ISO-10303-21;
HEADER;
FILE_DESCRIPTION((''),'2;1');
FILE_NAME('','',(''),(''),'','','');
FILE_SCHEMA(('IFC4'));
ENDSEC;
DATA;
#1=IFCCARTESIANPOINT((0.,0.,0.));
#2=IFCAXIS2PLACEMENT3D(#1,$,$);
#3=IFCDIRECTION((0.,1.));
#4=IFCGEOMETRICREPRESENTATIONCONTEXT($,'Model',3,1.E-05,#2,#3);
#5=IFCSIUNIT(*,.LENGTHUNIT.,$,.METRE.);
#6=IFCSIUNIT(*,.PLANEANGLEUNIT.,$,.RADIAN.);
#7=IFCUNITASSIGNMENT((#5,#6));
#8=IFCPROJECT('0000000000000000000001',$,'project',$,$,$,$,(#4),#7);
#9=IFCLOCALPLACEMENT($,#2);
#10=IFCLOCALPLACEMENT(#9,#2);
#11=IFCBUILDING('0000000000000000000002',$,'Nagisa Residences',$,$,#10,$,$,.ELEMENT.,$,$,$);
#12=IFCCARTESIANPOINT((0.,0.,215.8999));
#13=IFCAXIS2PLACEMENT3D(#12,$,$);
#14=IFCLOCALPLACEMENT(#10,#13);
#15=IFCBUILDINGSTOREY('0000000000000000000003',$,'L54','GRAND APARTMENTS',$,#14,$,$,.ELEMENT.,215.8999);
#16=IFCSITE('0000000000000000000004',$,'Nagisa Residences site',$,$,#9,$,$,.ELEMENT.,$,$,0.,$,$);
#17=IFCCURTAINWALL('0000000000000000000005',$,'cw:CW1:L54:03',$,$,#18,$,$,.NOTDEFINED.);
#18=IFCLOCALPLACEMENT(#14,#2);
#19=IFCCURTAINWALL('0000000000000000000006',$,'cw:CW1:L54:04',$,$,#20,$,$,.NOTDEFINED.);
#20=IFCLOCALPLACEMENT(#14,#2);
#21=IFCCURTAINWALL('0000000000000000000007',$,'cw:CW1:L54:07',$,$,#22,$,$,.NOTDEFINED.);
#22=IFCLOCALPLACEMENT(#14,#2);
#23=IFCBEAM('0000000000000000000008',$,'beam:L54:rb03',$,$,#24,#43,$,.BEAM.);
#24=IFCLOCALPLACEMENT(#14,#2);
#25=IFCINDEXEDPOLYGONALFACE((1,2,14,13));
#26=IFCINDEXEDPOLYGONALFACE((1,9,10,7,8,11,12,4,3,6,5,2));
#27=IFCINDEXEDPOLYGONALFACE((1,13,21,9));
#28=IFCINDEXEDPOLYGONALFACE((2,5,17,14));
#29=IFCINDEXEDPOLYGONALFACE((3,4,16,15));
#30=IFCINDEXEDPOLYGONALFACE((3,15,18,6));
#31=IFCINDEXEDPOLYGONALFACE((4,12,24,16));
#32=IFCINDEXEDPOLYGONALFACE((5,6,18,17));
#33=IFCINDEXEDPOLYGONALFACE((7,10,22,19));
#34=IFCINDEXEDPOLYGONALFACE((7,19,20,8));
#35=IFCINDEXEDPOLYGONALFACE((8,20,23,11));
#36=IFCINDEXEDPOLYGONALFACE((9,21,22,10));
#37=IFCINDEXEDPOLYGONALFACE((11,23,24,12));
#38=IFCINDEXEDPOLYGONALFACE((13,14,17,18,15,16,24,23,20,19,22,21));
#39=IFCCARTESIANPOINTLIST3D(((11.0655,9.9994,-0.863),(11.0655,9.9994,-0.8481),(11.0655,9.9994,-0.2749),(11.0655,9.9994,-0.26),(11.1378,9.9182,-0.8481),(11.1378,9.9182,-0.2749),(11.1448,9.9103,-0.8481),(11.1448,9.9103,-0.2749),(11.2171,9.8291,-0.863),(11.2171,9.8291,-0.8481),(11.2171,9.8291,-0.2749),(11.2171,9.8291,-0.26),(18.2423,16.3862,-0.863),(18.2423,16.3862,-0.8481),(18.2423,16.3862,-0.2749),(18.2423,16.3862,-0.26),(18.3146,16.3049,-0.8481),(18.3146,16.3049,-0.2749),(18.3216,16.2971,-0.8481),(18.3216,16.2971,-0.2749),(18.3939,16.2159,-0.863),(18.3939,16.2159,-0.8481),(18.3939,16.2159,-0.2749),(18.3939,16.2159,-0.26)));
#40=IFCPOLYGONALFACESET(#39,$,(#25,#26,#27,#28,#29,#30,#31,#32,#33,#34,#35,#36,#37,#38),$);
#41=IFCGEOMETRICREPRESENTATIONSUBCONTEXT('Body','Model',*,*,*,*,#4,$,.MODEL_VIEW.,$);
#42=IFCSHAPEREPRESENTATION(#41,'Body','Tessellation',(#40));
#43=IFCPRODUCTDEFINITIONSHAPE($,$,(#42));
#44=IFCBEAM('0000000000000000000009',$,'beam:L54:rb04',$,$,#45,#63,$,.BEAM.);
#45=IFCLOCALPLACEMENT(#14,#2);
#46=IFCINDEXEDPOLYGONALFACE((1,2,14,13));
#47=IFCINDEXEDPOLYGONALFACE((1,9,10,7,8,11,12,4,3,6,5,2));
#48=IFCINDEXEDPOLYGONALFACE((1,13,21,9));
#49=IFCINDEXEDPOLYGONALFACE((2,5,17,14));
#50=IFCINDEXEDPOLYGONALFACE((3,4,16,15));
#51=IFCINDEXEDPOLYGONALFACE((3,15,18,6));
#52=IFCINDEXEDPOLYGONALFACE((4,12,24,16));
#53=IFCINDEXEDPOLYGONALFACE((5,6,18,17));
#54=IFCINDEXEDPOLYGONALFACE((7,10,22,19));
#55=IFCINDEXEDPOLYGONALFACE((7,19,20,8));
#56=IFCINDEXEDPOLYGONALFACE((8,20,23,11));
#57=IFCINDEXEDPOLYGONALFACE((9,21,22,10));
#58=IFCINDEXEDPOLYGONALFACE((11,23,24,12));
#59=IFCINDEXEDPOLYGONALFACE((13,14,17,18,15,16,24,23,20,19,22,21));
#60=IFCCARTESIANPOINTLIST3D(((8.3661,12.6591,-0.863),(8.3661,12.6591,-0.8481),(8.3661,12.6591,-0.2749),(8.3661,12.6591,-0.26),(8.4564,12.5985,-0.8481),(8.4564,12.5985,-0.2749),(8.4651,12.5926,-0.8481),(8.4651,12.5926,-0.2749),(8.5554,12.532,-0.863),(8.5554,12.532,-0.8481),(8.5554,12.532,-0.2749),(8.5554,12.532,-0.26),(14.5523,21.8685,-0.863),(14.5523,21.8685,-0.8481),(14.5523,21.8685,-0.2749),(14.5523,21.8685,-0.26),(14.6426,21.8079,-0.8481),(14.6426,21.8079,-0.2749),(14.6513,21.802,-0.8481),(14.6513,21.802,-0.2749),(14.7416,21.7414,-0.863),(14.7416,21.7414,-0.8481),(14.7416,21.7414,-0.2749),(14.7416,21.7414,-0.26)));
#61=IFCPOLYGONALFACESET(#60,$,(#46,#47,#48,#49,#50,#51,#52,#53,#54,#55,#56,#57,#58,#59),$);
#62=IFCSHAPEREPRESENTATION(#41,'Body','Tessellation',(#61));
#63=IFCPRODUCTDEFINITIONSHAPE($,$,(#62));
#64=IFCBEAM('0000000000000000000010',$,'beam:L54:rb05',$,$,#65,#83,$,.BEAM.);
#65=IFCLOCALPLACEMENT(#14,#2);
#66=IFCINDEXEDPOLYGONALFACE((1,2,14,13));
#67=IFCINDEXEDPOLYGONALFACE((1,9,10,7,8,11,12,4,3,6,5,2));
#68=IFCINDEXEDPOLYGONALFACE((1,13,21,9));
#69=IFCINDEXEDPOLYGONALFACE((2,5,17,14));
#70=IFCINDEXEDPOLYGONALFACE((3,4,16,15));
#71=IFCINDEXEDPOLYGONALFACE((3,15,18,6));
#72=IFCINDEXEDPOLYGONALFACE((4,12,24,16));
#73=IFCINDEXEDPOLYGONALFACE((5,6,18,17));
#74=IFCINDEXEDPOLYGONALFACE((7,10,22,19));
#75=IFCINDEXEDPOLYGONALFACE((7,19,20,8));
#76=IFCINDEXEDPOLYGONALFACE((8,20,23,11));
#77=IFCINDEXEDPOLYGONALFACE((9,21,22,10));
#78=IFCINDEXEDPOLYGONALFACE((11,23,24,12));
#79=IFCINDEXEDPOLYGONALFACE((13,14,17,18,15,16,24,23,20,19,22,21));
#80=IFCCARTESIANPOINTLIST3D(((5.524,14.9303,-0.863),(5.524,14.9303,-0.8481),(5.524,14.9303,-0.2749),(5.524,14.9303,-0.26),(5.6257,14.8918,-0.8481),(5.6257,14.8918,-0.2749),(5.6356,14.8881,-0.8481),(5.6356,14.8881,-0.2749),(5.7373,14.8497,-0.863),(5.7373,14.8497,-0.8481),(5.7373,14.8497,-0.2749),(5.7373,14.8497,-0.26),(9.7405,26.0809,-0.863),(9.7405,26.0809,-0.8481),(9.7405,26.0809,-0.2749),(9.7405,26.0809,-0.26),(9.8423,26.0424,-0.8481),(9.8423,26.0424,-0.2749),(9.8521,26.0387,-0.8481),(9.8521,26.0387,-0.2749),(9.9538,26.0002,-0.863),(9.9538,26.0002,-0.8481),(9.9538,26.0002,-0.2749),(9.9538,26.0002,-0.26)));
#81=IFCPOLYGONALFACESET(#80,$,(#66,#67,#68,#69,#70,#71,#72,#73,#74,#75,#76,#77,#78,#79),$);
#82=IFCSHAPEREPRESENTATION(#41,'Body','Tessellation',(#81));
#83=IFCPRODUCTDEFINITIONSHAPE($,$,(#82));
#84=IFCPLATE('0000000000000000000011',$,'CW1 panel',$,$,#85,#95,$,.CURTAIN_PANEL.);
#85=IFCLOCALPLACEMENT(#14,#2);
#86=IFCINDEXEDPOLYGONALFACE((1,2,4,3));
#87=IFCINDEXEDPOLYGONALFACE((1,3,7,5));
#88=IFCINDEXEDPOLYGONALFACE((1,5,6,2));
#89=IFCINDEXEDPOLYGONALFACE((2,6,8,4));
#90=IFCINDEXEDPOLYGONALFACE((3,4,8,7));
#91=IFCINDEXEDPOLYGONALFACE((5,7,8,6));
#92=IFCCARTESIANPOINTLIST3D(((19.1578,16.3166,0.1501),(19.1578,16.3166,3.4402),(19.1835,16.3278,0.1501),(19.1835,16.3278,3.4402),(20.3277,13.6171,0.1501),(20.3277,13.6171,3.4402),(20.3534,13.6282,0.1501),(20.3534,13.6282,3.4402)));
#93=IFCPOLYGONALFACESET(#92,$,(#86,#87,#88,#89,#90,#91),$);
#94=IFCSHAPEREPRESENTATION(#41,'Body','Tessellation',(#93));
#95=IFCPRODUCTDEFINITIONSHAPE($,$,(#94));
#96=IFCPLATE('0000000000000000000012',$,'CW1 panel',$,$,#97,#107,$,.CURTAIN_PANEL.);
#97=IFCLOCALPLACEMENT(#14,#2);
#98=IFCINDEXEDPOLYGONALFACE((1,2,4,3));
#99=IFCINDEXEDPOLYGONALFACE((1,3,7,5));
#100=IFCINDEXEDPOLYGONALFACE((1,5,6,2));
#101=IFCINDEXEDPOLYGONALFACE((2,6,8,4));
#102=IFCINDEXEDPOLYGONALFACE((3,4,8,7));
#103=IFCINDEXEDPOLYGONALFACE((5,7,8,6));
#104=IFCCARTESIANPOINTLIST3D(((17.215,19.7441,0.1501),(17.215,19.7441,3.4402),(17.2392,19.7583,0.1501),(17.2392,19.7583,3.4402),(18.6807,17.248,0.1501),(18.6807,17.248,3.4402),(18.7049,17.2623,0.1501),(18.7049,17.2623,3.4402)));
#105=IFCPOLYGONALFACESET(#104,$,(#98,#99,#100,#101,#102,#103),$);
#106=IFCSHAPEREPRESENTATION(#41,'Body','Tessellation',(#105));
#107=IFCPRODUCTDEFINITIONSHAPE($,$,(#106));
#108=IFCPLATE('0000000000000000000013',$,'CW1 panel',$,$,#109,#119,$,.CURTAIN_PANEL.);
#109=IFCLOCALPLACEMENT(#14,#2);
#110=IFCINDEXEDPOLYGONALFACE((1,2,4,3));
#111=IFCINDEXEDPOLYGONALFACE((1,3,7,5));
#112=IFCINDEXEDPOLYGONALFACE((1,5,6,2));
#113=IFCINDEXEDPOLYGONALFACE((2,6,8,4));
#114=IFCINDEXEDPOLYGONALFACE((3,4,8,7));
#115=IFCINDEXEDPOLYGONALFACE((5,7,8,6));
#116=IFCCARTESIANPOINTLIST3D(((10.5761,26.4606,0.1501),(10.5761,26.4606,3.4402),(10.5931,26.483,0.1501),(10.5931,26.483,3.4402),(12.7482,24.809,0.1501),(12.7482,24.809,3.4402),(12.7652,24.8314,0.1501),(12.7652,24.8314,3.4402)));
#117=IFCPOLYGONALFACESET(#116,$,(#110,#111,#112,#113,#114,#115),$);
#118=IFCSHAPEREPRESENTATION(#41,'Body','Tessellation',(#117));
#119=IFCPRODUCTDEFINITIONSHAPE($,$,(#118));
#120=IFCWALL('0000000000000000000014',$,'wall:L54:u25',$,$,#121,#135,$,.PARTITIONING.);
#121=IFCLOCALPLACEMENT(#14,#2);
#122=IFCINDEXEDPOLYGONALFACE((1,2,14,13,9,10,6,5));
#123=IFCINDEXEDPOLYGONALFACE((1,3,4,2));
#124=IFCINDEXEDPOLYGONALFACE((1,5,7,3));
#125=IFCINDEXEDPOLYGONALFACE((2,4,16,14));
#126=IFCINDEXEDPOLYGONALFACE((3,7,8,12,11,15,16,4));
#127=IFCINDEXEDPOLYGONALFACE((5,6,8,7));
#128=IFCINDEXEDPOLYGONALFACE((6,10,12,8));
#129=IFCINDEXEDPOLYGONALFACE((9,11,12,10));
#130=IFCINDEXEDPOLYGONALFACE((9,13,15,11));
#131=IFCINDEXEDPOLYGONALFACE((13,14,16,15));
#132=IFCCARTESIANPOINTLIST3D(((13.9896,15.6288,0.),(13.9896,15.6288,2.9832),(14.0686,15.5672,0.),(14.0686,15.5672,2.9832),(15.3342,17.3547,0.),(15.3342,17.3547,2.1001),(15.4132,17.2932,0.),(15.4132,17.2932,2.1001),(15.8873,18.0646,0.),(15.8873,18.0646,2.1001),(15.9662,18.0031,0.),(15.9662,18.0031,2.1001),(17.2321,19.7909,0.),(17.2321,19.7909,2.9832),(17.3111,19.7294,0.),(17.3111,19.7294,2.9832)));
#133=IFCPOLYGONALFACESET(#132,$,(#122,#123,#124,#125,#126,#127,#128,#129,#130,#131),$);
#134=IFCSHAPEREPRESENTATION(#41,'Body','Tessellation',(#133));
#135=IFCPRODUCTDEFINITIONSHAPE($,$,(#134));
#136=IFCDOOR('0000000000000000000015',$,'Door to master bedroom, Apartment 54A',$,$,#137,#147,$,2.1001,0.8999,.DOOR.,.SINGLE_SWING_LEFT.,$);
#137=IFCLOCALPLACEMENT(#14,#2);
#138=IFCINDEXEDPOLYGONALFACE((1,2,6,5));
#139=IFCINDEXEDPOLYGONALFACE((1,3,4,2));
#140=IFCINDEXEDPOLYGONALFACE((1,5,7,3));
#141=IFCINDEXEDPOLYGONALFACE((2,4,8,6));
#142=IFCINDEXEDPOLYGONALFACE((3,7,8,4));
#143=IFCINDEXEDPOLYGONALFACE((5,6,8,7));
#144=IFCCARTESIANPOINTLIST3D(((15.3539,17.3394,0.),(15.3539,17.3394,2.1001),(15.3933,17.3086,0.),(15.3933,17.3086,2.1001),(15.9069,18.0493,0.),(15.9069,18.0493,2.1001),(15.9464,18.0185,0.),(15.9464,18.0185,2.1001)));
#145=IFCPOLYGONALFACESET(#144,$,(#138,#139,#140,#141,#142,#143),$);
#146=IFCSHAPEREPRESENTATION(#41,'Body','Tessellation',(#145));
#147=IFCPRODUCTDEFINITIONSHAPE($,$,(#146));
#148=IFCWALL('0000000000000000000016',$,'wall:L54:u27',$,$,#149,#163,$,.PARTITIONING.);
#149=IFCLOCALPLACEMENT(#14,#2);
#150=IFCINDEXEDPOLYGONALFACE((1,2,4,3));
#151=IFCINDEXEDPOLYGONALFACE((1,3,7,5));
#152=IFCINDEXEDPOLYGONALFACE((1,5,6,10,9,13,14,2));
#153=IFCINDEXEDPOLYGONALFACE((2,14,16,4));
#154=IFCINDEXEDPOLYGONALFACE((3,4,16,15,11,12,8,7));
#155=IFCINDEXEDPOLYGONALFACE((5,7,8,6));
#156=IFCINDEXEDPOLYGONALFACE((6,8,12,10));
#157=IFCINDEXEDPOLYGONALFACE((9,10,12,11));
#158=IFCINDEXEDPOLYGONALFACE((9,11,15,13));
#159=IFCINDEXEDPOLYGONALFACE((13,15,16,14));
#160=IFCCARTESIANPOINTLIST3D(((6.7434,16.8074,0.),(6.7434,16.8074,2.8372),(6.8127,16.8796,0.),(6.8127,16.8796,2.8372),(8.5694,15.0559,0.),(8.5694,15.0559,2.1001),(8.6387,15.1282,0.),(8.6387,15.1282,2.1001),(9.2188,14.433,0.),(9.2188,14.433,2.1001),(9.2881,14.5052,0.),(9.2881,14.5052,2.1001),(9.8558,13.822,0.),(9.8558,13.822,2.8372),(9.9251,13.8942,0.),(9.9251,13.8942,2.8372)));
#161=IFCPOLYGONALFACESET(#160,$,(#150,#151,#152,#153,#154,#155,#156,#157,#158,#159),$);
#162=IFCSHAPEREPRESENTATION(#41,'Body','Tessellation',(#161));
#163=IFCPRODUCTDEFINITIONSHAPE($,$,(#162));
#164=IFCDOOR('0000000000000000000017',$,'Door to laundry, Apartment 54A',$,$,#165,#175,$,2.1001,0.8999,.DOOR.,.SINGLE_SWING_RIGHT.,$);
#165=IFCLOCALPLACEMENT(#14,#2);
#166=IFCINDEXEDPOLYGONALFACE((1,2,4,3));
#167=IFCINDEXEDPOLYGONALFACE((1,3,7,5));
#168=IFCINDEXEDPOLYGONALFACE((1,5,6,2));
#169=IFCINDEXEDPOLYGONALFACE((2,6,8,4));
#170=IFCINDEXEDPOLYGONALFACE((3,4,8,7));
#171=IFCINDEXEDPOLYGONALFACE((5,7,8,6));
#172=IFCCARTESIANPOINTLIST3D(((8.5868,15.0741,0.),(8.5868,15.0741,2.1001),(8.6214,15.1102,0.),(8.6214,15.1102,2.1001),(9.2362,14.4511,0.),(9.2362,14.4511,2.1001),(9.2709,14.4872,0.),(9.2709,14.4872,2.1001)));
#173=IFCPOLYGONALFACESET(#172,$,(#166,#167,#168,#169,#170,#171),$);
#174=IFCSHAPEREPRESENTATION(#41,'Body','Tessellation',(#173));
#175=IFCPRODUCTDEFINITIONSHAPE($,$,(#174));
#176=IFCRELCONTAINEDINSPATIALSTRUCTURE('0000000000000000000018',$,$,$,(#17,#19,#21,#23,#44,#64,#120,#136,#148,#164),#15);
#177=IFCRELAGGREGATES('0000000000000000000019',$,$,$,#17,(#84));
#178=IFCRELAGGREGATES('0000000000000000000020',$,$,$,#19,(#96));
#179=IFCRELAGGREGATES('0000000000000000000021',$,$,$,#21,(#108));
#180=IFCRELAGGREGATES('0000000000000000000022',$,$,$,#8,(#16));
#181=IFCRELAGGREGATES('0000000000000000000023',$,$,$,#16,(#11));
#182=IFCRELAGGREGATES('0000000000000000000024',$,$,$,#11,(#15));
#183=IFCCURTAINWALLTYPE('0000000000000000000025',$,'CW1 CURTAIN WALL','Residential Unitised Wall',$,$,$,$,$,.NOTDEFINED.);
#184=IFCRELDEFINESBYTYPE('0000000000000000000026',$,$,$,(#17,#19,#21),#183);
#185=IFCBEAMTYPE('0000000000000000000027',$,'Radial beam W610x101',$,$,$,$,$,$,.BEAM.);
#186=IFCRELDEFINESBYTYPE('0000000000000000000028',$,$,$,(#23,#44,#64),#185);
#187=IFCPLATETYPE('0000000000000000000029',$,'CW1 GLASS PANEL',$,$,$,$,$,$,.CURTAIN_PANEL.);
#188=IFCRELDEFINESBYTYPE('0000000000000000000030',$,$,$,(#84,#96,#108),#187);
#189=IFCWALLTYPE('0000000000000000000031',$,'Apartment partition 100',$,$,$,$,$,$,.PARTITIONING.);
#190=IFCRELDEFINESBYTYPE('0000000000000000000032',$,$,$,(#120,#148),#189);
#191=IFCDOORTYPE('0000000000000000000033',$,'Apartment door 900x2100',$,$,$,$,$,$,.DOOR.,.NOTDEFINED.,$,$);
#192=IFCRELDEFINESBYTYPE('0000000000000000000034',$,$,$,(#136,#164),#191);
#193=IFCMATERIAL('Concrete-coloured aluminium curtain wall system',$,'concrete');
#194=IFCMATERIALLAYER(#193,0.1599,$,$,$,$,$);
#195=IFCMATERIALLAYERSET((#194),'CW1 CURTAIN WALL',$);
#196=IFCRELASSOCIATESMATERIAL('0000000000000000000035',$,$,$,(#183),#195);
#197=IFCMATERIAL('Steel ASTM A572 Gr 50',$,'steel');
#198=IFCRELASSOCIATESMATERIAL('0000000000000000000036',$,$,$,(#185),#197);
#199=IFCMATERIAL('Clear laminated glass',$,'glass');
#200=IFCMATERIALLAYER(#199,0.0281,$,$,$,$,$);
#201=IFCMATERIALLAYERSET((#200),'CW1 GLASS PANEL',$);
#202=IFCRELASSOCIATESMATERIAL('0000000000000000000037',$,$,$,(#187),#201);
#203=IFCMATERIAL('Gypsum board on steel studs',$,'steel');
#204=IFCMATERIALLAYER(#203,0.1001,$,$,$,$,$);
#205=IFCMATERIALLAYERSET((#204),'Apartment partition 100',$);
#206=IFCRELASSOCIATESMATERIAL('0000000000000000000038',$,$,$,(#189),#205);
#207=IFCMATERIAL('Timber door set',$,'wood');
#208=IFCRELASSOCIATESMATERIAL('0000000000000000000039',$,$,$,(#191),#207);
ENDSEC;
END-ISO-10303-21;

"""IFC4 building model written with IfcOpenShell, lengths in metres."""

from ifc_helpers import new_model, si_unit, direction, frame, frame_2d, origin, origin_2d, place, context, subcontext, project, spatial, rectangle, i_section, extrude, material, layer, layer_set, material_profile, profile_set, type_object, element, fill, aggregate, save


model = new_model("IFC4")

# Units and contexts
model_context = context("Model", 3, precision=1e-05, world=origin(), true_north=direction((0.0, 1.0)))
body_context = subcontext(model_context, "Body", "Model", "MODEL_VIEW")
ifc_project = project(units=[si_unit("LENGTHUNIT", "METRE"), si_unit("PLANEANGLEUNIT", "RADIAN")], contexts=[model_context])

# Site, building, storey
site_placement = place(None, origin())
site = spatial("IfcSite", under=ifc_project, at=site_placement, Name="Nagisa Residences site", CompositionType="ELEMENT", RefElevation=0.0)
building_placement = place(site_placement, origin())
building = spatial("IfcBuilding", under=site, at=building_placement, Name="Nagisa Residences", CompositionType="ELEMENT")
storey_placement = place(building_placement, frame((0.0, 0.0, 215.8999)))
storey = spatial("IfcBuildingStorey", under=building, at=storey_placement, Name="L54", Description="GRAND APARTMENTS", CompositionType="ELEMENT", Elevation=215.8999)

# Curtain walls
ifc_material_1 = material(Name="Concrete-coloured aluminium curtain wall system", Category="concrete")
ifc_layer_1 = layer(ifc_material_1, 0.1599)
ifc_layer_set_1 = layer_set([ifc_layer_1], Name="CW1 CURTAIN WALL")
curtain_wall_type = type_object("IfcCurtainWallType", Name="CW1 CURTAIN WALL", Description="Residential Unitised Wall", PredefinedType="NOTDEFINED", material=ifc_layer_set_1)
curtain_wall_1_placement = place(storey_placement, origin())
curtain_wall_1 = element("IfcCurtainWall", 1, at=curtain_wall_1_placement, inside=storey, type_object=curtain_wall_type, Name="cw:CW1:L54:03", PredefinedType="NOTDEFINED")
curtain_wall_2_placement = place(storey_placement, origin())
curtain_wall_2 = element("IfcCurtainWall", 2, at=curtain_wall_2_placement, inside=storey, type_object=curtain_wall_type, Name="cw:CW1:L54:04", PredefinedType="NOTDEFINED")
curtain_wall_3_placement = place(storey_placement, origin())
curtain_wall_3 = element("IfcCurtainWall", 3, at=curtain_wall_3_placement, inside=storey, type_object=curtain_wall_type, Name="cw:CW1:L54:07", PredefinedType="NOTDEFINED")

# Beams
ifc_material_2 = material(Name="Steel ASTM A572 Gr 50", Category="steel")
ifc_material_profile_1 = material_profile(ifc_material_2, i_section(OverallWidth=0.228, OverallDepth=0.603, WebThickness=0.0105, FlangeThickness=0.0149, at=origin_2d()), Name="W610x101")
ifc_profile_set_1 = profile_set([ifc_material_profile_1], Name="Steel ASTM A572 Gr 50")
beam_type_1 = type_object("IfcBeamType", Name="Radial beam W610x101", PredefinedType="BEAM", material=ifc_profile_set_1)
beam_1_placement = place(storey_placement, frame((18.3181, 16.301, -0.5615), z_axis=(-0.747028, -0.664793, 0.0), x_axis=(0.664793, -0.747028, 0.0)))
element("IfcBeam", 4, at=beam_1_placement, inside=storey, type_object=beam_type_1, Name="beam:L54:rb03", PredefinedType="BEAM", context=body_context, shape_type="SweptSolid", body=[
    extrude(i_section(OverallWidth=0.228, OverallDepth=0.603, WebThickness=0.0105, FlangeThickness=0.0149, at=origin_2d()), origin(), (0.0, 0.0, 1.0), 9.6072),
])
beam_2_placement = place(storey_placement, frame((14.647, 21.8049, -0.5615), z_axis=(-0.557607, -0.830105, 0.0), x_axis=(0.830105, -0.557607, 0.0)))
element("IfcBeam", 5, at=beam_2_placement, inside=storey, type_object=beam_type_1, Name="beam:L54:rb04", PredefinedType="BEAM", context=body_context, shape_type="SweptSolid", body=[
    extrude(i_section(OverallWidth=0.228, OverallDepth=0.603, WebThickness=0.0105, FlangeThickness=0.0149, at=origin_2d()), origin(), (0.0, 0.0, 1.0), 11.0942),
])
beam_3_placement = place(storey_placement, frame((9.8472, 26.0405, -0.5615), z_axis=(-0.353701, -0.935359, 0.0), x_axis=(0.935359, -0.353701, 0.0)))
element("IfcBeam", 6, at=beam_3_placement, inside=storey, type_object=beam_type_1, Name="beam:L54:rb05", PredefinedType="BEAM", context=body_context, shape_type="SweptSolid", body=[
    extrude(i_section(OverallWidth=0.228, OverallDepth=0.603, WebThickness=0.0105, FlangeThickness=0.0149, at=origin_2d()), origin(), (0.0, 0.0, 1.0), 11.9211),
])

# Plates
ifc_material_3 = material(Name="Clear laminated glass", Category="glass")
ifc_layer_2 = layer(ifc_material_3, 0.0281)
ifc_layer_set_2 = layer_set([ifc_layer_2], Name="CW1 GLASS PANEL")
plate_type = type_object("IfcPlateType", Name="CW1 GLASS PANEL", PredefinedType="CURTAIN_PANEL", material=ifc_layer_set_2)
plate_1_placement = place(storey_placement, frame((19.7556, 14.9724, 0.1501), z_axis=(0.0, 0.0, 1.0), x_axis=(-0.397636, 0.917543, 0.0)))
plate_1 = element("IfcPlate", 7, at=plate_1_placement, type_object=plate_type, Name="CW1 panel", PredefinedType="CURTAIN_PANEL", context=body_context, shape_type="SweptSolid", body=[
    extrude(rectangle(XDim=2.9421, YDim=0.0281, at=origin_2d()), origin(), (0.0, 0.0, 1.0), 3.29),
])
aggregate(curtain_wall_1, [plate_1])
plate_2_placement = place(storey_placement, frame((17.96, 18.5032, 0.1501), z_axis=(0.0, 0.0, 1.0), x_axis=(-0.506349, 0.862329, 0.0)))
plate_2 = element("IfcPlate", 8, at=plate_2_placement, type_object=plate_type, Name="CW1 panel", PredefinedType="CURTAIN_PANEL", context=body_context, shape_type="SweptSolid", body=[
    extrude(rectangle(XDim=2.8945, YDim=0.0281, at=origin_2d()), origin(), (0.0, 0.0, 1.0), 3.29),
])
aggregate(curtain_wall_2, [plate_2])
plate_3_placement = place(storey_placement, frame((11.6707, 25.646, 0.1501), z_axis=(0.0, 0.0, 1.0), x_axis=(-0.796031, 0.605255, 0.0)))
plate_3 = element("IfcPlate", 9, at=plate_3_placement, type_object=plate_type, Name="CW1 panel", PredefinedType="CURTAIN_PANEL", context=body_context, shape_type="SweptSolid", body=[
    extrude(rectangle(XDim=2.7288, YDim=0.0281, at=origin_2d()), origin(), (0.0, 0.0, 1.0), 3.29),
])
aggregate(curtain_wall_3, [plate_3])

# Walls, openings, doors
ifc_material_4 = material(Name="Gypsum board on steel studs", Category="steel")
ifc_layer_3 = layer(ifc_material_4, 0.1001)
ifc_layer_set_3 = layer_set([ifc_layer_3], Name="Apartment partition 100")
wall_type_1 = type_object("IfcWallType", Name="Apartment partition 100", PredefinedType="PARTITIONING", material=ifc_layer_set_3)
wall_1_placement = place(storey_placement, frame((14.0291, 15.5979, 0.0), z_axis=(0.0, 0.0, 1.0), x_axis=(0.614559, 0.788871, 0.0)))
wall_1 = element("IfcWall", 10, at=wall_1_placement, inside=storey, type_object=wall_type_1, Name="wall:L54:u25", PredefinedType="PARTITIONING", context=body_context, shape_type="SweptSolid", body=[
    extrude(rectangle(XDim=5.2761, YDim=0.1001, at=frame_2d((2.6382, 0.0))), origin(), (0.0, 0.0, 1.0), 2.9832),
])
opening_1_placement = place(wall_1_placement, frame((2.188, 0.0, 0.0)))
opening_1 = element("IfcOpeningElement", 11, at=opening_1_placement, cuts=wall_1, PredefinedType="OPENING", context=body_context, shape_type="SweptSolid", body=[
    extrude(rectangle(XDim=0.8999, YDim=2.1001, at=frame_2d((0.45, 1.05))), frame((0.0, 0.0601, 0.0), z_axis=(0.0, -1.0, 0.0), x_axis=(1.0, 0.0, 0.0)), (0.0, 0.0, 1.0), 0.1201),
])
ifc_material_5 = material(Name="Timber door set", Category="wood")
door_type_1 = type_object("IfcDoorType", Name="Apartment door 900x2100", OperationType="NOTDEFINED", PredefinedType="DOOR", material=ifc_material_5)
door_1_placement = place(opening_1_placement, frame((0.8999, 0.0, 0.0), x_axis=(-1.0, 0.0, 0.0)))
door_1 = element("IfcDoor", 12, at=door_1_placement, inside=storey, type_object=door_type_1, Name="Door to master bedroom, Apartment 54A", OperationType="SINGLE_SWING_LEFT", OverallHeight=2.1001, OverallWidth=0.8999, PredefinedType="DOOR", context=body_context, shape_type="SweptSolid", body=[
    extrude(rectangle(XDim=0.8999, YDim=2.1001, at=frame_2d((0.45, 1.05))), frame((0.0, 0.0249, 0.0), z_axis=(0.0, -1.0, 0.0), x_axis=(1.0, 0.0, 0.0)), (0.0, 0.0, 1.0), 0.05),
])
fill(opening_1, door_1)
wall_2_placement = place(storey_placement, frame((9.8904, 13.8582, 0.0), z_axis=(0.0, 0.0, 1.0), x_axis=(-0.721672, 0.692235, 0.0)))
wall_2 = element("IfcWall", 13, at=wall_2_placement, inside=storey, type_object=wall_type_1, Name="wall:L54:u27", PredefinedType="PARTITIONING", context=body_context, shape_type="SweptSolid", body=[
    extrude(rectangle(XDim=4.3127, YDim=0.1001, at=frame_2d((2.1562, 0.0))), origin(), (0.0, 0.0, 1.0), 2.8372),
])
opening_2_placement = place(wall_2_placement, frame((0.8826, 0.0, 0.0)))
opening_2 = element("IfcOpeningElement", 14, at=opening_2_placement, cuts=wall_2, PredefinedType="OPENING", context=body_context, shape_type="SweptSolid", body=[
    extrude(rectangle(XDim=0.8999, YDim=2.1001, at=frame_2d((0.45, 1.05))), frame((0.0, 0.0601, 0.0), z_axis=(0.0, -1.0, 0.0), x_axis=(1.0, 0.0, 0.0)), (0.0, 0.0, 1.0), 0.1201),
])
door_2_placement = place(opening_2_placement, origin())
door_2 = element("IfcDoor", 15, at=door_2_placement, inside=storey, type_object=door_type_1, Name="Door to laundry, Apartment 54A", OperationType="SINGLE_SWING_RIGHT", OverallHeight=2.1001, OverallWidth=0.8999, PredefinedType="DOOR", context=body_context, shape_type="SweptSolid", body=[
    extrude(rectangle(XDim=0.8999, YDim=2.1001, at=frame_2d((0.45, 1.05))), frame((0.0, 0.0249, 0.0), z_axis=(0.0, -1.0, 0.0), x_axis=(1.0, 0.0, 0.0)), (0.0, 0.0, 1.0), 0.05),
])
fill(opening_2, door_2)

save(model, "model.ifc")
